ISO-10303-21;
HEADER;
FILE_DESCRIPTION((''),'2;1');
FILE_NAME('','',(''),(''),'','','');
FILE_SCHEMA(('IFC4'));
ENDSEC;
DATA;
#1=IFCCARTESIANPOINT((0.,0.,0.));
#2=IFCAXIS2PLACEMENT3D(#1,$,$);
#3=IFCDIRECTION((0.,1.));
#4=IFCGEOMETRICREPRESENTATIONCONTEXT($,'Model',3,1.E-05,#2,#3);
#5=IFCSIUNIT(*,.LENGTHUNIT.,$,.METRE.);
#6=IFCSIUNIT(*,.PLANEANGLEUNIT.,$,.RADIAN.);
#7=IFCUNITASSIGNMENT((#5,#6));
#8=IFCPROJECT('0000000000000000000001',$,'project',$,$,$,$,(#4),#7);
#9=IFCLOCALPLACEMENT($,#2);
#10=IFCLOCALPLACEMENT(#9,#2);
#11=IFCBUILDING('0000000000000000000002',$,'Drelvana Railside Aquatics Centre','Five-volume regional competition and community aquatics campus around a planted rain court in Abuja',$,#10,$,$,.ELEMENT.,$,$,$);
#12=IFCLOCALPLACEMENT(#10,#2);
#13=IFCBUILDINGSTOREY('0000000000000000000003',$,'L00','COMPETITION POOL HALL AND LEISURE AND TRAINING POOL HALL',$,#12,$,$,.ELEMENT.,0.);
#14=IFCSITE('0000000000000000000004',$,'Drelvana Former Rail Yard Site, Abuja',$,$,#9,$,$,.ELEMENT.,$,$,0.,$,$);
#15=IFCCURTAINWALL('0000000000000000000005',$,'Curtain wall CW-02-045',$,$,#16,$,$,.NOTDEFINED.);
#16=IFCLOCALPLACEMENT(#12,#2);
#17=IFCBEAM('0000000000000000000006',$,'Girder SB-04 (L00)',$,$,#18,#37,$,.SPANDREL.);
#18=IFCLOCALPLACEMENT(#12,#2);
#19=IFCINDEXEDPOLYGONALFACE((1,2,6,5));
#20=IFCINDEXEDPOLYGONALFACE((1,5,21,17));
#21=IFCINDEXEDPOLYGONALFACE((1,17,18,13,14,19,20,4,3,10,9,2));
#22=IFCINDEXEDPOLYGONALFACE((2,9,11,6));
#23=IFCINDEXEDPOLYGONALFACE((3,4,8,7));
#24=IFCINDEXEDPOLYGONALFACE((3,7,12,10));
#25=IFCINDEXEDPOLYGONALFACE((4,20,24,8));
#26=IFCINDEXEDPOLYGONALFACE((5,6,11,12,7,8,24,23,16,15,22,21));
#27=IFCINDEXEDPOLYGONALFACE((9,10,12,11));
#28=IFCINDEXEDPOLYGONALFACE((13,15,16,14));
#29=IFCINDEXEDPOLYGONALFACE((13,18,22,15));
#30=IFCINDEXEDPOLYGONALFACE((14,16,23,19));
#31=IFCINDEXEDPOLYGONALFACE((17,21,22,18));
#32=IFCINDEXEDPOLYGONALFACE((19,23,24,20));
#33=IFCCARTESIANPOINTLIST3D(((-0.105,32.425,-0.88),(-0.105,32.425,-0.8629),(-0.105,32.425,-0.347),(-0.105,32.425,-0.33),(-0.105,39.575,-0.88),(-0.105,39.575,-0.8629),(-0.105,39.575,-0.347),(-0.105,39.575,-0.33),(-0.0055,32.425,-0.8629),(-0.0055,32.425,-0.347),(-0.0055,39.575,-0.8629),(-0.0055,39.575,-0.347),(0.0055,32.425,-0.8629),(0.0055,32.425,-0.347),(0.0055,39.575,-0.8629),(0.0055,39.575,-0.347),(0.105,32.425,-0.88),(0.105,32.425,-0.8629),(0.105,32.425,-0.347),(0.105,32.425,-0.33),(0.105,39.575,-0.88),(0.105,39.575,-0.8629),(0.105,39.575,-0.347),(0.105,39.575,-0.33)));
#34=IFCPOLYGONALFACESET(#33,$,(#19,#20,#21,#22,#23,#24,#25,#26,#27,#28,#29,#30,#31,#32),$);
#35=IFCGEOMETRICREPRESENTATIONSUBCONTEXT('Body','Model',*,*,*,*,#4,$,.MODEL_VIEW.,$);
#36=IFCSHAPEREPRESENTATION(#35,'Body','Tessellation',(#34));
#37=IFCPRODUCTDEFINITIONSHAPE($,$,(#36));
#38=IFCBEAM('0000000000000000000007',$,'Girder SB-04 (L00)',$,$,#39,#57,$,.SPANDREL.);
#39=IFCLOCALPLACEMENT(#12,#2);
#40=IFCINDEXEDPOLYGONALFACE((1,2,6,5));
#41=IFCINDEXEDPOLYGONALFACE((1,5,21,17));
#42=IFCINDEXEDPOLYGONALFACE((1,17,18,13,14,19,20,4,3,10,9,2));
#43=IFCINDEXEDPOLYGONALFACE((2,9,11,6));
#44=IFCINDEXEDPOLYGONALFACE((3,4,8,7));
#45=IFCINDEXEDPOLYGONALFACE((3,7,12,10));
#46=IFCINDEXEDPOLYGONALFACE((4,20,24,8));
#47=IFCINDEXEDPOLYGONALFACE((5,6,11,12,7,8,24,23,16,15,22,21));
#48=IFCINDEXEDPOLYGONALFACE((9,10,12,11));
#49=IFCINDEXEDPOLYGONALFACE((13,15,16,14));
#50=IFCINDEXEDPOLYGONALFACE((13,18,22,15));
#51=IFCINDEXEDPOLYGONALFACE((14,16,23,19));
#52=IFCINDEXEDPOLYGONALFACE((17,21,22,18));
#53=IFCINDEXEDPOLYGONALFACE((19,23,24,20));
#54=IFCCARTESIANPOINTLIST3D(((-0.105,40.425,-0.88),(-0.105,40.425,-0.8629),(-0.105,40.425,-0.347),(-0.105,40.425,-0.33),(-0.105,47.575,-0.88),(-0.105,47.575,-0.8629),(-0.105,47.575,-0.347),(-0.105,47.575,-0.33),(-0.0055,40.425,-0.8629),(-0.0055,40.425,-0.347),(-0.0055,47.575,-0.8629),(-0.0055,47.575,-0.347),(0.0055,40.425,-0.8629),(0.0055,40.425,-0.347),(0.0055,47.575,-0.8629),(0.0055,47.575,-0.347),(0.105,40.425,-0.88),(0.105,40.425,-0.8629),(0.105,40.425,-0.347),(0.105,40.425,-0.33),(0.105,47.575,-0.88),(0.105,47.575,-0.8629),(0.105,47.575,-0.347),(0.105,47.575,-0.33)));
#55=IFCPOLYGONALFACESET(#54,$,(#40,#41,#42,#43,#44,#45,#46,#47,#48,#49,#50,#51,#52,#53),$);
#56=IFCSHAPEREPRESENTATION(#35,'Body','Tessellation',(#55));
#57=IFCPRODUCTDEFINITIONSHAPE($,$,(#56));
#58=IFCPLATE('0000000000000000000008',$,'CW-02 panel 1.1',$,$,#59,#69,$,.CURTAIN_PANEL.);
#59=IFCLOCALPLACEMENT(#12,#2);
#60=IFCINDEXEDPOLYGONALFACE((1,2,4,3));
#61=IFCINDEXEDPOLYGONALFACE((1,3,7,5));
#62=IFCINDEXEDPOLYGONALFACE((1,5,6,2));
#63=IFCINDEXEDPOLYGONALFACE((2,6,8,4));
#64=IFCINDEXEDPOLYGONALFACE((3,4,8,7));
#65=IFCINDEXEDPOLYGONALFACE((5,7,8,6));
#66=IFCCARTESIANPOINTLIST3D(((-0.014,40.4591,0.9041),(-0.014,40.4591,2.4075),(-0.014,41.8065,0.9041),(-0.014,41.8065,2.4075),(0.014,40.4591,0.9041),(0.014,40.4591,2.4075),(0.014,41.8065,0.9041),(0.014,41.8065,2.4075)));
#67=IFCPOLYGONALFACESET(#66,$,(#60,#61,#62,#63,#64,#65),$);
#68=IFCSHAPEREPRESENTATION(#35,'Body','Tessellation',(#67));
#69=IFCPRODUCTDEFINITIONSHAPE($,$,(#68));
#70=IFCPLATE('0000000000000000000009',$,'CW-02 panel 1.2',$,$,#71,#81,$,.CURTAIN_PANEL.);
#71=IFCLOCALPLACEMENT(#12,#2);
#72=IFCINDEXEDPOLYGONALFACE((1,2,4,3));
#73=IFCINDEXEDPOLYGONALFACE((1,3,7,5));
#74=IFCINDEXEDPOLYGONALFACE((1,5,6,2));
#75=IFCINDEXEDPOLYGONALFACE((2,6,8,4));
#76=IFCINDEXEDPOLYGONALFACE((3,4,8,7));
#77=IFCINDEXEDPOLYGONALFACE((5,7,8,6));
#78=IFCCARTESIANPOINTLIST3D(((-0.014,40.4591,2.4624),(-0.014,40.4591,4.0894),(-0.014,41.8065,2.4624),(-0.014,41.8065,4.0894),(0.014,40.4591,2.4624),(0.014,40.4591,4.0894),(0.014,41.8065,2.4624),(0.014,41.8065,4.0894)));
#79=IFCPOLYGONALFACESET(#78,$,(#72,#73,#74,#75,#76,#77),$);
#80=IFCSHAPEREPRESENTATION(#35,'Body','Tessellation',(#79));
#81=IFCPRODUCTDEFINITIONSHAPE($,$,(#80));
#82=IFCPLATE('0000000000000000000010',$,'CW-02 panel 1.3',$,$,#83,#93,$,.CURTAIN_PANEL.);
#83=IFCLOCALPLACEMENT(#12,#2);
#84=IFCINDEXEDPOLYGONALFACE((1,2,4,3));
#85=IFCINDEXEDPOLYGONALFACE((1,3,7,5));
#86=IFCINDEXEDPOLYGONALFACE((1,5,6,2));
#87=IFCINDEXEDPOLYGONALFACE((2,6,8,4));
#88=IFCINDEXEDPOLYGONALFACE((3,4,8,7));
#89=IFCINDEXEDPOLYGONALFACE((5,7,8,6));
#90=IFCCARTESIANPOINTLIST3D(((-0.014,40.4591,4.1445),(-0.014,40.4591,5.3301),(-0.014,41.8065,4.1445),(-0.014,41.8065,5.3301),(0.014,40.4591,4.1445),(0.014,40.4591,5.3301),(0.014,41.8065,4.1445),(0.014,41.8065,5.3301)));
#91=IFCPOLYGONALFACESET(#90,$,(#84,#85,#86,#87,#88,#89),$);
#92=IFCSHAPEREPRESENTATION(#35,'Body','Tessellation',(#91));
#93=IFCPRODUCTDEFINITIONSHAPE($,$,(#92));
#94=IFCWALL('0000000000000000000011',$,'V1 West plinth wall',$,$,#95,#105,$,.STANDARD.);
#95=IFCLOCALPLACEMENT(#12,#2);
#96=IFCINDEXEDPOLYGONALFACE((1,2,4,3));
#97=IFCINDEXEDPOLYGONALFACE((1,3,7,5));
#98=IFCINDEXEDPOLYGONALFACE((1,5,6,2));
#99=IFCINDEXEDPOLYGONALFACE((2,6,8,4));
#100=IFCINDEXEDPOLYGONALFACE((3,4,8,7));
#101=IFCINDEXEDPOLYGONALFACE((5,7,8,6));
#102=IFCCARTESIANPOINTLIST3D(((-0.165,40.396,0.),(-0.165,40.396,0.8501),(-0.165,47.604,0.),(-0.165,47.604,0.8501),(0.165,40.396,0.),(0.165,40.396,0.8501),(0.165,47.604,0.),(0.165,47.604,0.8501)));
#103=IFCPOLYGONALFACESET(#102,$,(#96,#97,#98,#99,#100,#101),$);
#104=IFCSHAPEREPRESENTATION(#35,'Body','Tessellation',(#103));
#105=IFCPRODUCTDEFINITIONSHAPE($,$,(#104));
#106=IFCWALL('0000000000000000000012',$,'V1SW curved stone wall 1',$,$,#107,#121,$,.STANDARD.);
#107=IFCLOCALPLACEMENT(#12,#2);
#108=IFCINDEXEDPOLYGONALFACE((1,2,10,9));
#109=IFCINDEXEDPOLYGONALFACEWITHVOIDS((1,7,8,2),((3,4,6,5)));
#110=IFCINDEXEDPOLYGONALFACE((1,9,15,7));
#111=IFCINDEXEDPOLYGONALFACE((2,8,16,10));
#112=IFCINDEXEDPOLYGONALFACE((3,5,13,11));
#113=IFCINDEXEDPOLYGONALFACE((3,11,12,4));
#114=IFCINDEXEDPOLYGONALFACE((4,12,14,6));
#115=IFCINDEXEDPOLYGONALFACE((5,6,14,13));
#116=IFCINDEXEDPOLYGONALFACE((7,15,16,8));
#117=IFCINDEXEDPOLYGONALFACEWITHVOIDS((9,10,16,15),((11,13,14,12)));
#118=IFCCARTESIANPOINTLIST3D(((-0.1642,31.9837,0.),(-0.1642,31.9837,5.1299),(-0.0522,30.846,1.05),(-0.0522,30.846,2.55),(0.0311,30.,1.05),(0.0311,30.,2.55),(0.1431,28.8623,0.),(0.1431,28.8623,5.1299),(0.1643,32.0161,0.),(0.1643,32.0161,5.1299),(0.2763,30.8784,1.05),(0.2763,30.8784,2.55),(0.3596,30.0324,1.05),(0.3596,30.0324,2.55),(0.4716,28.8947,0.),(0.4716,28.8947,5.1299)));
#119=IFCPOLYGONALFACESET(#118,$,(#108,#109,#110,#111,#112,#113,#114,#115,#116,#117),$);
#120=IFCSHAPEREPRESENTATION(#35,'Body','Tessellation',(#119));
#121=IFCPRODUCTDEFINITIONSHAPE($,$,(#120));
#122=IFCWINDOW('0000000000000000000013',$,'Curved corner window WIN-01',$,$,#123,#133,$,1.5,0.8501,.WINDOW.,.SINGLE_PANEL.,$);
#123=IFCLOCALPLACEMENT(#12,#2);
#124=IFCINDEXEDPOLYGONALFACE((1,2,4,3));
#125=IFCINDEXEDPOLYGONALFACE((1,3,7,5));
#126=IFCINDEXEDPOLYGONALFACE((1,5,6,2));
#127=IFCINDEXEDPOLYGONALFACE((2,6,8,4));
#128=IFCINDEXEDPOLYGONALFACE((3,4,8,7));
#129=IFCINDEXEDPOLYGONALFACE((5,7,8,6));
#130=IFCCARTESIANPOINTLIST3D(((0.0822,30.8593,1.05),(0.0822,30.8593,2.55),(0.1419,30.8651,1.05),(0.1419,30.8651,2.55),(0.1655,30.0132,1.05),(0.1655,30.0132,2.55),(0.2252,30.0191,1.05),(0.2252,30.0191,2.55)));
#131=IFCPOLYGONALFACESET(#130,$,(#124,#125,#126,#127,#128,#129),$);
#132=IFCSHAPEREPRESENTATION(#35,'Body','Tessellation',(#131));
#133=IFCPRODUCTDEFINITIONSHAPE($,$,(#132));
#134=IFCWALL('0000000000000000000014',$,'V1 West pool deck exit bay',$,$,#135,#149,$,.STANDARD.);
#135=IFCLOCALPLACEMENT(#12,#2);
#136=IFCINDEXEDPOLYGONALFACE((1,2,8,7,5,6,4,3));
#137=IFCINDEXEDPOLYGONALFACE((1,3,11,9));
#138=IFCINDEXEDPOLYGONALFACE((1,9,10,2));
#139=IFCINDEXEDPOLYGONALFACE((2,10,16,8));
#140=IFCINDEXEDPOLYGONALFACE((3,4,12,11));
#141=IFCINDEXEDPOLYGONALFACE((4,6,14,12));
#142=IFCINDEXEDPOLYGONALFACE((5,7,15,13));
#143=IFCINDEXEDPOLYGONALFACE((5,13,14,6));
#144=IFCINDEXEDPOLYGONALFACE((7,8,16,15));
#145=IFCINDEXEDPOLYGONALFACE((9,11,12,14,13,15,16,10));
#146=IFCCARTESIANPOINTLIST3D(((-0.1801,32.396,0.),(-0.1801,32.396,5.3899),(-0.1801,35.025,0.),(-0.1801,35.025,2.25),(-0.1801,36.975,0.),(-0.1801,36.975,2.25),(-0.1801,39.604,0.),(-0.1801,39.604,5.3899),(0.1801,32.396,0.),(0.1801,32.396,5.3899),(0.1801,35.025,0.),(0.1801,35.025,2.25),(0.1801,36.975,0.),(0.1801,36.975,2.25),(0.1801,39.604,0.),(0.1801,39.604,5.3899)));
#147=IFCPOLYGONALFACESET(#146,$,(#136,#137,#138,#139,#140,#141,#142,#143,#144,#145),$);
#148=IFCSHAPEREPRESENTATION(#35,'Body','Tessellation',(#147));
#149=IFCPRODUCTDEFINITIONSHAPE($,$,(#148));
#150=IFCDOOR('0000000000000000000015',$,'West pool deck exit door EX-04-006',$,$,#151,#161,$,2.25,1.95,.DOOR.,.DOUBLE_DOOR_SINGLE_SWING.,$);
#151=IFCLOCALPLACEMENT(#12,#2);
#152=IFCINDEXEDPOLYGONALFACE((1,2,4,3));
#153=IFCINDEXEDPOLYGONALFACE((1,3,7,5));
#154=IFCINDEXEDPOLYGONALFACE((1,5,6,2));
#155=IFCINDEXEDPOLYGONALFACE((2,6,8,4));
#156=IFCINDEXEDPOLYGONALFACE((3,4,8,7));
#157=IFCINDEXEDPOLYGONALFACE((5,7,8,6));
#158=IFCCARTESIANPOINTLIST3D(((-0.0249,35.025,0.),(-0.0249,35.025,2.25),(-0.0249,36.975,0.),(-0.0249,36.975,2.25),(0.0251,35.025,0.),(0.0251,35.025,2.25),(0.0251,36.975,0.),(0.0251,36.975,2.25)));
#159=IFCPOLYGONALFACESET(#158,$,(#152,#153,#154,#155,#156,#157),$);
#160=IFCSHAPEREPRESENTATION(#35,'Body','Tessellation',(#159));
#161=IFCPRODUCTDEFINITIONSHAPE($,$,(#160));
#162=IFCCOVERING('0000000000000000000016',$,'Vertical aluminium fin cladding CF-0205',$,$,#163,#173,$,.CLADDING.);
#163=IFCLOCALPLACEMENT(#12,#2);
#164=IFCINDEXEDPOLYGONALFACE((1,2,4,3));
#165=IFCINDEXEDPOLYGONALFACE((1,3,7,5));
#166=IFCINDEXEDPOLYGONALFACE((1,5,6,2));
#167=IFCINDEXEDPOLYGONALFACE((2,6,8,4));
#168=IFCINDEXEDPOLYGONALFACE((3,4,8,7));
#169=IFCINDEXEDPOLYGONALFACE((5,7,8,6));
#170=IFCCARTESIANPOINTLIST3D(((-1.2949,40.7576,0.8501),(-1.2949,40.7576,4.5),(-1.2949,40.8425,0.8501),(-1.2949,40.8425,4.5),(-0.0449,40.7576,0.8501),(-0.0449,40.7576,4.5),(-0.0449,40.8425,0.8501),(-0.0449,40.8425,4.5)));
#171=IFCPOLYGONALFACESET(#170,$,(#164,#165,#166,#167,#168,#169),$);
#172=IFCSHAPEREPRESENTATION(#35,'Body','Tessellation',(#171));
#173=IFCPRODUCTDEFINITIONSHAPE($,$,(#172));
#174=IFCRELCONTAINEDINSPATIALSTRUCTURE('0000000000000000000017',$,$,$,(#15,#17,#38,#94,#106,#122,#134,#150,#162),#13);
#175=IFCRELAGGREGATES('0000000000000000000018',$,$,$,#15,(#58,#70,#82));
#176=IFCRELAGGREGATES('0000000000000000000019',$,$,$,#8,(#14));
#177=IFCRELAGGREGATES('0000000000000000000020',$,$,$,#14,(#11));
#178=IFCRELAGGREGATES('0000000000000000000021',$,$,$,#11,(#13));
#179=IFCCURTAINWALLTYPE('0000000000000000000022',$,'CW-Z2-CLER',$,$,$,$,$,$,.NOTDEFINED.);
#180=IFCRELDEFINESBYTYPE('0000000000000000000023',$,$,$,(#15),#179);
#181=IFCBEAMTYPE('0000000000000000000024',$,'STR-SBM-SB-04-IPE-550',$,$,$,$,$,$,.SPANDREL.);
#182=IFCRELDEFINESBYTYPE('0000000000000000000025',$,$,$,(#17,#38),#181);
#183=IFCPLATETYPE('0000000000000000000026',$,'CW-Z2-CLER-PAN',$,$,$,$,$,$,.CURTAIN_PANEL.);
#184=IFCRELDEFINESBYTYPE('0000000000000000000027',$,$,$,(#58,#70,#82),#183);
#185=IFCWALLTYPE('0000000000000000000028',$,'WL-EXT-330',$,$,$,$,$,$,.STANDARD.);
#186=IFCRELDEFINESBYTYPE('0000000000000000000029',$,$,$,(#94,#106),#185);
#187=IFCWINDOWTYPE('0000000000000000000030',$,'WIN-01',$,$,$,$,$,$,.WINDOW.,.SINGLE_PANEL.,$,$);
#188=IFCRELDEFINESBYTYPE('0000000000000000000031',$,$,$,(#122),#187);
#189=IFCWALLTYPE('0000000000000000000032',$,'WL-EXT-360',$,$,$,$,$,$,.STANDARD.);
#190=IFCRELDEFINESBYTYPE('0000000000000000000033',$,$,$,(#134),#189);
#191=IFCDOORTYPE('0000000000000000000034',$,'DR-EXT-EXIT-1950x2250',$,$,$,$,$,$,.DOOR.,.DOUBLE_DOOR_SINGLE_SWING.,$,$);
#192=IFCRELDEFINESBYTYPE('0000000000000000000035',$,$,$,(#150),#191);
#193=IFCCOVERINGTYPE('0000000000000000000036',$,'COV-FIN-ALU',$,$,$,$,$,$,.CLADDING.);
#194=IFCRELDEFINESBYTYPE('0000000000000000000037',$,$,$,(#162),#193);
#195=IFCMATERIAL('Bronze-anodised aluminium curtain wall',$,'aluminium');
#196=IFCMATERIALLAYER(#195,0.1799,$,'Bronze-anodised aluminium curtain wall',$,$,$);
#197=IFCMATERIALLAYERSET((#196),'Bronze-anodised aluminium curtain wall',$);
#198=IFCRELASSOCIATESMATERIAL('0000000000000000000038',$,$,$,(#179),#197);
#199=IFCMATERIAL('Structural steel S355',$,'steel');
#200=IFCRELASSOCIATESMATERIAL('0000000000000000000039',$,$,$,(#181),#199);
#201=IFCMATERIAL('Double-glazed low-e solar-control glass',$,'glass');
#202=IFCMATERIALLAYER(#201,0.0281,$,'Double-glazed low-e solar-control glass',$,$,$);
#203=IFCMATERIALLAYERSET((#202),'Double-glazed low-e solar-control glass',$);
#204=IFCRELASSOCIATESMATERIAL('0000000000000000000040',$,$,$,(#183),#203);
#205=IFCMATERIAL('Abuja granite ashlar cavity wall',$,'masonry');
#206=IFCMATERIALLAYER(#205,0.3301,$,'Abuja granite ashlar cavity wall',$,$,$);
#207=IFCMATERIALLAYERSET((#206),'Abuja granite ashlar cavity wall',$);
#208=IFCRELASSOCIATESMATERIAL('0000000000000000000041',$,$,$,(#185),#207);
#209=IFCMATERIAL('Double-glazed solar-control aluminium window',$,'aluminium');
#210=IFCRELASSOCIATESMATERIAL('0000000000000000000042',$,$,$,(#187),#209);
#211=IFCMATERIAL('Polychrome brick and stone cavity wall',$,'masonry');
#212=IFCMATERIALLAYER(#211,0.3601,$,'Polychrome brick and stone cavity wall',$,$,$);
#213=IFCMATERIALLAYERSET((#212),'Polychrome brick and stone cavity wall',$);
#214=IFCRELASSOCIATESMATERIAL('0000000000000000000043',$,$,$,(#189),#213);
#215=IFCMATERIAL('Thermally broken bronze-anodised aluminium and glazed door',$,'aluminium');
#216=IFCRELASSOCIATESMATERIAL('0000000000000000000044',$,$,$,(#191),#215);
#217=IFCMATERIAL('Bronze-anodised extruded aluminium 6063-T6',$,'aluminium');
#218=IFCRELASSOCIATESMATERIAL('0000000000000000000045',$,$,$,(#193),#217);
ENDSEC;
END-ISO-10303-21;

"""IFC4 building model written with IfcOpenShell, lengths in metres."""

from ifc_helpers import new_model, si_unit, direction, frame, frame_2d, origin, origin_2d, place, context, subcontext, project, spatial, rectangle, i_section, extrude, material, layer, layer_set, material_profile, profile_set, type_object, element, fill, aggregate, save


model = new_model("IFC4")

# Units and contexts
model_context = context("Model", 3, precision=1e-05, world=origin(), true_north=direction((0.0, 1.0)))
body_context = subcontext(model_context, "Body", "Model", "MODEL_VIEW")
ifc_project = project(units=[si_unit("LENGTHUNIT", "METRE"), si_unit("PLANEANGLEUNIT", "RADIAN")], contexts=[model_context])

# Site, building, storey
site_placement = place(None, origin())
site = spatial("IfcSite", under=ifc_project, at=site_placement, Name="Drelvana Former Rail Yard Site, Abuja", CompositionType="ELEMENT", RefElevation=0.0)
building_placement = place(site_placement, origin())
building = spatial("IfcBuilding", under=site, at=building_placement, Name="Drelvana Railside Aquatics Centre", Description="Five-volume regional competition and community aquatics campus around a planted rain court in Abuja", CompositionType="ELEMENT")
storey_placement = place(building_placement, origin())
storey = spatial("IfcBuildingStorey", under=building, at=storey_placement, Name="L00", Description="COMPETITION POOL HALL AND LEISURE AND TRAINING POOL HALL", CompositionType="ELEMENT", Elevation=0.0)

# Shared definitions
ifc_material_1 = material(Name="Structural steel S355", Category="steel")

# Curtain wall
ifc_material_2 = material(Name="Bronze-anodised aluminium curtain wall", Category="aluminium")
ifc_layer_1 = layer(ifc_material_2, 0.1799, Name="Bronze-anodised aluminium curtain wall")
ifc_layer_set_1 = layer_set([ifc_layer_1], Name="Bronze-anodised aluminium curtain wall")
curtain_wall_type = type_object("IfcCurtainWallType", Name="CW-Z2-CLER", PredefinedType="NOTDEFINED", material=ifc_layer_set_1)
curtain_wall_placement = place(storey_placement, origin())
curtain_wall = element("IfcCurtainWall", 1, at=curtain_wall_placement, inside=storey, type_object=curtain_wall_type, Name="Curtain wall CW-02-045", PredefinedType="NOTDEFINED")

# Beams
ifc_material_profile_1 = material_profile(ifc_material_1, i_section(OverallWidth=0.21, OverallDepth=0.55, WebThickness=0.011, FlangeThickness=0.0171, at=origin_2d()), Name="IPE 550")
ifc_profile_set_1 = profile_set([ifc_material_profile_1], Name="Structural steel S355")
beam_type = type_object("IfcBeamType", Name="STR-SBM-SB-04-IPE-550", PredefinedType="SPANDREL", material=ifc_profile_set_1)
for number, where, z_axis, x_axis, name in (
    (2, (0.0, 32.425, -0.605), (0.0, 1.0, 0.0), (-1.0, 0.0, 0.0), "Girder SB-04 (L00)"),
    (3, (0.0, 40.425, -0.605), (0.0, 1.0, 0.0), (-1.0, 0.0, 0.0), "Girder SB-04 (L00)"),
):
    element("IfcBeam", number, at=place(storey_placement, frame(where, z_axis=z_axis, x_axis=x_axis)), inside=storey, type_object=beam_type, Name=name, PredefinedType="SPANDREL", context=body_context, shape_type="SweptSolid", body=[
        extrude(i_section(OverallWidth=0.21, OverallDepth=0.55, WebThickness=0.011, FlangeThickness=0.0171, at=origin_2d()), origin(), (0.0, 0.0, 1.0), 7.1499),
    ])

# Plates
ifc_material_3 = material(Name="Double-glazed low-e solar-control glass", Category="glass")
ifc_layer_2 = layer(ifc_material_3, 0.0281, Name="Double-glazed low-e solar-control glass")
ifc_layer_set_2 = layer_set([ifc_layer_2], Name="Double-glazed low-e solar-control glass")
plate_type = type_object("IfcPlateType", Name="CW-Z2-CLER-PAN", PredefinedType="CURTAIN_PANEL", material=ifc_layer_set_2)
plate_1_placement = place(storey_placement, frame((0.0, 41.1328, 0.9041), z_axis=(0.0, 0.0, 1.0), x_axis=(0.0, 1.0, 0.0)))
plate_1 = element("IfcPlate", 4, at=plate_1_placement, type_object=plate_type, Name="CW-02 panel 1.1", PredefinedType="CURTAIN_PANEL", context=body_context, shape_type="SweptSolid", body=[
    extrude(rectangle(XDim=1.3474, YDim=0.0281, at=origin_2d()), origin(), (0.0, 0.0, 1.0), 1.5034),
])
plate_2_placement = place(storey_placement, frame((0.0, 41.1328, 2.4624), z_axis=(0.0, 0.0, 1.0), x_axis=(0.0, 1.0, 0.0)))
plate_2 = element("IfcPlate", 5, at=plate_2_placement, type_object=plate_type, Name="CW-02 panel 1.2", PredefinedType="CURTAIN_PANEL", context=body_context, shape_type="SweptSolid", body=[
    extrude(rectangle(XDim=1.3474, YDim=0.0281, at=origin_2d()), origin(), (0.0, 0.0, 1.0), 1.627),
])
plate_3_placement = place(storey_placement, frame((0.0, 41.1328, 4.1445), z_axis=(0.0, 0.0, 1.0), x_axis=(0.0, 1.0, 0.0)))
plate_3 = element("IfcPlate", 6, at=plate_3_placement, type_object=plate_type, Name="CW-02 panel 1.3", PredefinedType="CURTAIN_PANEL", context=body_context, shape_type="SweptSolid", body=[
    extrude(rectangle(XDim=1.3474, YDim=0.0281, at=origin_2d()), origin(), (0.0, 0.0, 1.0), 1.1855),
])
aggregate(curtain_wall, [plate_1, plate_2, plate_3])

# Wall
ifc_material_4 = material(Name="Abuja granite ashlar cavity wall", Category="masonry")
ifc_layer_3 = layer(ifc_material_4, 0.3301, Name="Abuja granite ashlar cavity wall")
ifc_layer_set_3 = layer_set([ifc_layer_3], Name="Abuja granite ashlar cavity wall")
wall_type_1 = type_object("IfcWallType", Name="WL-EXT-330", PredefinedType="STANDARD", material=ifc_layer_set_3)
wall_1_placement = place(storey_placement, frame((0.0, 40.396, 0.0), z_axis=(0.0, 0.0, 1.0), x_axis=(0.0, 1.0, 0.0)))
element("IfcWall", 7, at=wall_1_placement, inside=storey, type_object=wall_type_1, Name="V1 West plinth wall", PredefinedType="STANDARD", context=body_context, shape_type="SweptSolid", body=[
    extrude(rectangle(XDim=7.208, YDim=0.3301, at=frame_2d((3.604, 0.0))), origin(), (0.0, 0.0, 1.0), 0.8501),
])

# Wall, opening, window
wall_2_placement = place(storey_placement, frame((0.0, 32.0, 0.0), z_axis=(0.0, 0.0, 1.0), x_axis=(0.098001, -0.995186, 0.0)))
wall_2 = element("IfcWall", 8, at=wall_2_placement, inside=storey, type_object=wall_type_1, Name="V1SW curved stone wall 1", PredefinedType="STANDARD", context=body_context, shape_type="SweptSolid", body=[
    extrude(rectangle(XDim=3.1365, YDim=0.3301, at=frame_2d((1.5684, 0.0))), origin(), (0.0, 0.0, 1.0), 5.1299),
])
opening_1_placement = place(wall_2_placement, frame((1.1433, 0.0, 1.05)))
opening_1 = element("IfcOpeningElement", 9, at=opening_1_placement, cuts=wall_2, PredefinedType="OPENING", context=body_context, shape_type="SweptSolid", body=[
    extrude(rectangle(XDim=0.8501, YDim=1.5, at=frame_2d((0.425, 0.75))), frame((0.0, 0.175, 0.0), z_axis=(0.0, -1.0, 0.0), x_axis=(1.0, 0.0, 0.0)), (0.0, 0.0, 1.0), 0.3501),
])
ifc_material_5 = material(Name="Double-glazed solar-control aluminium window", Category="aluminium")
window_type = type_object("IfcWindowType", Name="WIN-01", PartitioningType="SINGLE_PANEL", PredefinedType="WINDOW", material=ifc_material_5)
window_placement = place(opening_1_placement, origin())
window = element("IfcWindow", 10, at=window_placement, inside=storey, type_object=window_type, Name="Curved corner window WIN-01", OverallHeight=1.5, OverallWidth=0.8501, PartitioningType="SINGLE_PANEL", PredefinedType="WINDOW", context=body_context, shape_type="SweptSolid", body=[
    extrude(rectangle(XDim=0.8501, YDim=1.5, at=frame_2d((0.425, 0.75))), frame((0.0, 0.03, 0.0), z_axis=(0.0, -1.0, 0.0), x_axis=(1.0, 0.0, 0.0)), (0.0, 0.0, 1.0), 0.0601),
])
fill(opening_1, window)

# Wall, opening, door
ifc_material_6 = material(Name="Polychrome brick and stone cavity wall", Category="masonry")
ifc_layer_4 = layer(ifc_material_6, 0.3601, Name="Polychrome brick and stone cavity wall")
ifc_layer_set_4 = layer_set([ifc_layer_4], Name="Polychrome brick and stone cavity wall")
wall_type_2 = type_object("IfcWallType", Name="WL-EXT-360", PredefinedType="STANDARD", material=ifc_layer_set_4)
wall_3_placement = place(storey_placement, frame((0.0, 32.396, 0.0), z_axis=(0.0, 0.0, 1.0), x_axis=(0.0, 1.0, 0.0)))
wall_3 = element("IfcWall", 11, at=wall_3_placement, inside=storey, type_object=wall_type_2, Name="V1 West pool deck exit bay", PredefinedType="STANDARD", context=body_context, shape_type="SweptSolid", body=[
    extrude(rectangle(XDim=7.208, YDim=0.3601, at=frame_2d((3.604, 0.0))), origin(), (0.0, 0.0, 1.0), 5.3899),
])
opening_2_placement = place(wall_3_placement, frame((2.6289, 0.0, 0.0)))
opening_2 = element("IfcOpeningElement", 12, at=opening_2_placement, cuts=wall_3, PredefinedType="OPENING", context=body_context, shape_type="SweptSolid", body=[
    extrude(rectangle(XDim=1.95, YDim=2.25, at=frame_2d((0.9751, 1.125))), frame((0.0, 0.1899, 0.0), z_axis=(0.0, -1.0, 0.0), x_axis=(1.0, 0.0, 0.0)), (0.0, 0.0, 1.0), 0.3801),
])
ifc_material_7 = material(Name="Thermally broken bronze-anodised aluminium and glazed door", Category="aluminium")
door_type = type_object("IfcDoorType", Name="DR-EXT-EXIT-1950x2250", OperationType="DOUBLE_DOOR_SINGLE_SWING", PredefinedType="DOOR", material=ifc_material_7)
door_placement = place(opening_2_placement, origin())
door = element("IfcDoor", 13, at=door_placement, inside=storey, type_object=door_type, Name="West pool deck exit door EX-04-006", OperationType="DOUBLE_DOOR_SINGLE_SWING", OverallHeight=2.25, OverallWidth=1.95, PredefinedType="DOOR", context=body_context, shape_type="SweptSolid", body=[
    extrude(rectangle(XDim=1.95, YDim=2.25, at=frame_2d((0.9751, 1.125))), frame((0.0, 0.0249, 0.0), z_axis=(0.0, -1.0, 0.0), x_axis=(1.0, 0.0, 0.0)), (0.0, 0.0, 1.0), 0.05),
])
fill(opening_2, door)

# Covering
ifc_material_8 = material(Name="Bronze-anodised extruded aluminium 6063-T6", Category="aluminium")
covering_type = type_object("IfcCoveringType", Name="COV-FIN-ALU", PredefinedType="CLADDING", material=ifc_material_8)
covering_placement = place(storey_placement, frame((-0.6699, 40.8, 0.8501), z_axis=(0.0, 0.0, 1.0), x_axis=(0.0, 1.0, 0.0)))
element("IfcCovering", 14, at=covering_placement, inside=storey, type_object=covering_type, Name="Vertical aluminium fin cladding CF-0205", PredefinedType="CLADDING", context=body_context, shape_type="SweptSolid", body=[
    extrude(rectangle(XDim=0.085, YDim=1.25, at=origin_2d()), origin(), (0.0, 0.0, 1.0), 3.6499),
])

save(model, "model.ifc")
